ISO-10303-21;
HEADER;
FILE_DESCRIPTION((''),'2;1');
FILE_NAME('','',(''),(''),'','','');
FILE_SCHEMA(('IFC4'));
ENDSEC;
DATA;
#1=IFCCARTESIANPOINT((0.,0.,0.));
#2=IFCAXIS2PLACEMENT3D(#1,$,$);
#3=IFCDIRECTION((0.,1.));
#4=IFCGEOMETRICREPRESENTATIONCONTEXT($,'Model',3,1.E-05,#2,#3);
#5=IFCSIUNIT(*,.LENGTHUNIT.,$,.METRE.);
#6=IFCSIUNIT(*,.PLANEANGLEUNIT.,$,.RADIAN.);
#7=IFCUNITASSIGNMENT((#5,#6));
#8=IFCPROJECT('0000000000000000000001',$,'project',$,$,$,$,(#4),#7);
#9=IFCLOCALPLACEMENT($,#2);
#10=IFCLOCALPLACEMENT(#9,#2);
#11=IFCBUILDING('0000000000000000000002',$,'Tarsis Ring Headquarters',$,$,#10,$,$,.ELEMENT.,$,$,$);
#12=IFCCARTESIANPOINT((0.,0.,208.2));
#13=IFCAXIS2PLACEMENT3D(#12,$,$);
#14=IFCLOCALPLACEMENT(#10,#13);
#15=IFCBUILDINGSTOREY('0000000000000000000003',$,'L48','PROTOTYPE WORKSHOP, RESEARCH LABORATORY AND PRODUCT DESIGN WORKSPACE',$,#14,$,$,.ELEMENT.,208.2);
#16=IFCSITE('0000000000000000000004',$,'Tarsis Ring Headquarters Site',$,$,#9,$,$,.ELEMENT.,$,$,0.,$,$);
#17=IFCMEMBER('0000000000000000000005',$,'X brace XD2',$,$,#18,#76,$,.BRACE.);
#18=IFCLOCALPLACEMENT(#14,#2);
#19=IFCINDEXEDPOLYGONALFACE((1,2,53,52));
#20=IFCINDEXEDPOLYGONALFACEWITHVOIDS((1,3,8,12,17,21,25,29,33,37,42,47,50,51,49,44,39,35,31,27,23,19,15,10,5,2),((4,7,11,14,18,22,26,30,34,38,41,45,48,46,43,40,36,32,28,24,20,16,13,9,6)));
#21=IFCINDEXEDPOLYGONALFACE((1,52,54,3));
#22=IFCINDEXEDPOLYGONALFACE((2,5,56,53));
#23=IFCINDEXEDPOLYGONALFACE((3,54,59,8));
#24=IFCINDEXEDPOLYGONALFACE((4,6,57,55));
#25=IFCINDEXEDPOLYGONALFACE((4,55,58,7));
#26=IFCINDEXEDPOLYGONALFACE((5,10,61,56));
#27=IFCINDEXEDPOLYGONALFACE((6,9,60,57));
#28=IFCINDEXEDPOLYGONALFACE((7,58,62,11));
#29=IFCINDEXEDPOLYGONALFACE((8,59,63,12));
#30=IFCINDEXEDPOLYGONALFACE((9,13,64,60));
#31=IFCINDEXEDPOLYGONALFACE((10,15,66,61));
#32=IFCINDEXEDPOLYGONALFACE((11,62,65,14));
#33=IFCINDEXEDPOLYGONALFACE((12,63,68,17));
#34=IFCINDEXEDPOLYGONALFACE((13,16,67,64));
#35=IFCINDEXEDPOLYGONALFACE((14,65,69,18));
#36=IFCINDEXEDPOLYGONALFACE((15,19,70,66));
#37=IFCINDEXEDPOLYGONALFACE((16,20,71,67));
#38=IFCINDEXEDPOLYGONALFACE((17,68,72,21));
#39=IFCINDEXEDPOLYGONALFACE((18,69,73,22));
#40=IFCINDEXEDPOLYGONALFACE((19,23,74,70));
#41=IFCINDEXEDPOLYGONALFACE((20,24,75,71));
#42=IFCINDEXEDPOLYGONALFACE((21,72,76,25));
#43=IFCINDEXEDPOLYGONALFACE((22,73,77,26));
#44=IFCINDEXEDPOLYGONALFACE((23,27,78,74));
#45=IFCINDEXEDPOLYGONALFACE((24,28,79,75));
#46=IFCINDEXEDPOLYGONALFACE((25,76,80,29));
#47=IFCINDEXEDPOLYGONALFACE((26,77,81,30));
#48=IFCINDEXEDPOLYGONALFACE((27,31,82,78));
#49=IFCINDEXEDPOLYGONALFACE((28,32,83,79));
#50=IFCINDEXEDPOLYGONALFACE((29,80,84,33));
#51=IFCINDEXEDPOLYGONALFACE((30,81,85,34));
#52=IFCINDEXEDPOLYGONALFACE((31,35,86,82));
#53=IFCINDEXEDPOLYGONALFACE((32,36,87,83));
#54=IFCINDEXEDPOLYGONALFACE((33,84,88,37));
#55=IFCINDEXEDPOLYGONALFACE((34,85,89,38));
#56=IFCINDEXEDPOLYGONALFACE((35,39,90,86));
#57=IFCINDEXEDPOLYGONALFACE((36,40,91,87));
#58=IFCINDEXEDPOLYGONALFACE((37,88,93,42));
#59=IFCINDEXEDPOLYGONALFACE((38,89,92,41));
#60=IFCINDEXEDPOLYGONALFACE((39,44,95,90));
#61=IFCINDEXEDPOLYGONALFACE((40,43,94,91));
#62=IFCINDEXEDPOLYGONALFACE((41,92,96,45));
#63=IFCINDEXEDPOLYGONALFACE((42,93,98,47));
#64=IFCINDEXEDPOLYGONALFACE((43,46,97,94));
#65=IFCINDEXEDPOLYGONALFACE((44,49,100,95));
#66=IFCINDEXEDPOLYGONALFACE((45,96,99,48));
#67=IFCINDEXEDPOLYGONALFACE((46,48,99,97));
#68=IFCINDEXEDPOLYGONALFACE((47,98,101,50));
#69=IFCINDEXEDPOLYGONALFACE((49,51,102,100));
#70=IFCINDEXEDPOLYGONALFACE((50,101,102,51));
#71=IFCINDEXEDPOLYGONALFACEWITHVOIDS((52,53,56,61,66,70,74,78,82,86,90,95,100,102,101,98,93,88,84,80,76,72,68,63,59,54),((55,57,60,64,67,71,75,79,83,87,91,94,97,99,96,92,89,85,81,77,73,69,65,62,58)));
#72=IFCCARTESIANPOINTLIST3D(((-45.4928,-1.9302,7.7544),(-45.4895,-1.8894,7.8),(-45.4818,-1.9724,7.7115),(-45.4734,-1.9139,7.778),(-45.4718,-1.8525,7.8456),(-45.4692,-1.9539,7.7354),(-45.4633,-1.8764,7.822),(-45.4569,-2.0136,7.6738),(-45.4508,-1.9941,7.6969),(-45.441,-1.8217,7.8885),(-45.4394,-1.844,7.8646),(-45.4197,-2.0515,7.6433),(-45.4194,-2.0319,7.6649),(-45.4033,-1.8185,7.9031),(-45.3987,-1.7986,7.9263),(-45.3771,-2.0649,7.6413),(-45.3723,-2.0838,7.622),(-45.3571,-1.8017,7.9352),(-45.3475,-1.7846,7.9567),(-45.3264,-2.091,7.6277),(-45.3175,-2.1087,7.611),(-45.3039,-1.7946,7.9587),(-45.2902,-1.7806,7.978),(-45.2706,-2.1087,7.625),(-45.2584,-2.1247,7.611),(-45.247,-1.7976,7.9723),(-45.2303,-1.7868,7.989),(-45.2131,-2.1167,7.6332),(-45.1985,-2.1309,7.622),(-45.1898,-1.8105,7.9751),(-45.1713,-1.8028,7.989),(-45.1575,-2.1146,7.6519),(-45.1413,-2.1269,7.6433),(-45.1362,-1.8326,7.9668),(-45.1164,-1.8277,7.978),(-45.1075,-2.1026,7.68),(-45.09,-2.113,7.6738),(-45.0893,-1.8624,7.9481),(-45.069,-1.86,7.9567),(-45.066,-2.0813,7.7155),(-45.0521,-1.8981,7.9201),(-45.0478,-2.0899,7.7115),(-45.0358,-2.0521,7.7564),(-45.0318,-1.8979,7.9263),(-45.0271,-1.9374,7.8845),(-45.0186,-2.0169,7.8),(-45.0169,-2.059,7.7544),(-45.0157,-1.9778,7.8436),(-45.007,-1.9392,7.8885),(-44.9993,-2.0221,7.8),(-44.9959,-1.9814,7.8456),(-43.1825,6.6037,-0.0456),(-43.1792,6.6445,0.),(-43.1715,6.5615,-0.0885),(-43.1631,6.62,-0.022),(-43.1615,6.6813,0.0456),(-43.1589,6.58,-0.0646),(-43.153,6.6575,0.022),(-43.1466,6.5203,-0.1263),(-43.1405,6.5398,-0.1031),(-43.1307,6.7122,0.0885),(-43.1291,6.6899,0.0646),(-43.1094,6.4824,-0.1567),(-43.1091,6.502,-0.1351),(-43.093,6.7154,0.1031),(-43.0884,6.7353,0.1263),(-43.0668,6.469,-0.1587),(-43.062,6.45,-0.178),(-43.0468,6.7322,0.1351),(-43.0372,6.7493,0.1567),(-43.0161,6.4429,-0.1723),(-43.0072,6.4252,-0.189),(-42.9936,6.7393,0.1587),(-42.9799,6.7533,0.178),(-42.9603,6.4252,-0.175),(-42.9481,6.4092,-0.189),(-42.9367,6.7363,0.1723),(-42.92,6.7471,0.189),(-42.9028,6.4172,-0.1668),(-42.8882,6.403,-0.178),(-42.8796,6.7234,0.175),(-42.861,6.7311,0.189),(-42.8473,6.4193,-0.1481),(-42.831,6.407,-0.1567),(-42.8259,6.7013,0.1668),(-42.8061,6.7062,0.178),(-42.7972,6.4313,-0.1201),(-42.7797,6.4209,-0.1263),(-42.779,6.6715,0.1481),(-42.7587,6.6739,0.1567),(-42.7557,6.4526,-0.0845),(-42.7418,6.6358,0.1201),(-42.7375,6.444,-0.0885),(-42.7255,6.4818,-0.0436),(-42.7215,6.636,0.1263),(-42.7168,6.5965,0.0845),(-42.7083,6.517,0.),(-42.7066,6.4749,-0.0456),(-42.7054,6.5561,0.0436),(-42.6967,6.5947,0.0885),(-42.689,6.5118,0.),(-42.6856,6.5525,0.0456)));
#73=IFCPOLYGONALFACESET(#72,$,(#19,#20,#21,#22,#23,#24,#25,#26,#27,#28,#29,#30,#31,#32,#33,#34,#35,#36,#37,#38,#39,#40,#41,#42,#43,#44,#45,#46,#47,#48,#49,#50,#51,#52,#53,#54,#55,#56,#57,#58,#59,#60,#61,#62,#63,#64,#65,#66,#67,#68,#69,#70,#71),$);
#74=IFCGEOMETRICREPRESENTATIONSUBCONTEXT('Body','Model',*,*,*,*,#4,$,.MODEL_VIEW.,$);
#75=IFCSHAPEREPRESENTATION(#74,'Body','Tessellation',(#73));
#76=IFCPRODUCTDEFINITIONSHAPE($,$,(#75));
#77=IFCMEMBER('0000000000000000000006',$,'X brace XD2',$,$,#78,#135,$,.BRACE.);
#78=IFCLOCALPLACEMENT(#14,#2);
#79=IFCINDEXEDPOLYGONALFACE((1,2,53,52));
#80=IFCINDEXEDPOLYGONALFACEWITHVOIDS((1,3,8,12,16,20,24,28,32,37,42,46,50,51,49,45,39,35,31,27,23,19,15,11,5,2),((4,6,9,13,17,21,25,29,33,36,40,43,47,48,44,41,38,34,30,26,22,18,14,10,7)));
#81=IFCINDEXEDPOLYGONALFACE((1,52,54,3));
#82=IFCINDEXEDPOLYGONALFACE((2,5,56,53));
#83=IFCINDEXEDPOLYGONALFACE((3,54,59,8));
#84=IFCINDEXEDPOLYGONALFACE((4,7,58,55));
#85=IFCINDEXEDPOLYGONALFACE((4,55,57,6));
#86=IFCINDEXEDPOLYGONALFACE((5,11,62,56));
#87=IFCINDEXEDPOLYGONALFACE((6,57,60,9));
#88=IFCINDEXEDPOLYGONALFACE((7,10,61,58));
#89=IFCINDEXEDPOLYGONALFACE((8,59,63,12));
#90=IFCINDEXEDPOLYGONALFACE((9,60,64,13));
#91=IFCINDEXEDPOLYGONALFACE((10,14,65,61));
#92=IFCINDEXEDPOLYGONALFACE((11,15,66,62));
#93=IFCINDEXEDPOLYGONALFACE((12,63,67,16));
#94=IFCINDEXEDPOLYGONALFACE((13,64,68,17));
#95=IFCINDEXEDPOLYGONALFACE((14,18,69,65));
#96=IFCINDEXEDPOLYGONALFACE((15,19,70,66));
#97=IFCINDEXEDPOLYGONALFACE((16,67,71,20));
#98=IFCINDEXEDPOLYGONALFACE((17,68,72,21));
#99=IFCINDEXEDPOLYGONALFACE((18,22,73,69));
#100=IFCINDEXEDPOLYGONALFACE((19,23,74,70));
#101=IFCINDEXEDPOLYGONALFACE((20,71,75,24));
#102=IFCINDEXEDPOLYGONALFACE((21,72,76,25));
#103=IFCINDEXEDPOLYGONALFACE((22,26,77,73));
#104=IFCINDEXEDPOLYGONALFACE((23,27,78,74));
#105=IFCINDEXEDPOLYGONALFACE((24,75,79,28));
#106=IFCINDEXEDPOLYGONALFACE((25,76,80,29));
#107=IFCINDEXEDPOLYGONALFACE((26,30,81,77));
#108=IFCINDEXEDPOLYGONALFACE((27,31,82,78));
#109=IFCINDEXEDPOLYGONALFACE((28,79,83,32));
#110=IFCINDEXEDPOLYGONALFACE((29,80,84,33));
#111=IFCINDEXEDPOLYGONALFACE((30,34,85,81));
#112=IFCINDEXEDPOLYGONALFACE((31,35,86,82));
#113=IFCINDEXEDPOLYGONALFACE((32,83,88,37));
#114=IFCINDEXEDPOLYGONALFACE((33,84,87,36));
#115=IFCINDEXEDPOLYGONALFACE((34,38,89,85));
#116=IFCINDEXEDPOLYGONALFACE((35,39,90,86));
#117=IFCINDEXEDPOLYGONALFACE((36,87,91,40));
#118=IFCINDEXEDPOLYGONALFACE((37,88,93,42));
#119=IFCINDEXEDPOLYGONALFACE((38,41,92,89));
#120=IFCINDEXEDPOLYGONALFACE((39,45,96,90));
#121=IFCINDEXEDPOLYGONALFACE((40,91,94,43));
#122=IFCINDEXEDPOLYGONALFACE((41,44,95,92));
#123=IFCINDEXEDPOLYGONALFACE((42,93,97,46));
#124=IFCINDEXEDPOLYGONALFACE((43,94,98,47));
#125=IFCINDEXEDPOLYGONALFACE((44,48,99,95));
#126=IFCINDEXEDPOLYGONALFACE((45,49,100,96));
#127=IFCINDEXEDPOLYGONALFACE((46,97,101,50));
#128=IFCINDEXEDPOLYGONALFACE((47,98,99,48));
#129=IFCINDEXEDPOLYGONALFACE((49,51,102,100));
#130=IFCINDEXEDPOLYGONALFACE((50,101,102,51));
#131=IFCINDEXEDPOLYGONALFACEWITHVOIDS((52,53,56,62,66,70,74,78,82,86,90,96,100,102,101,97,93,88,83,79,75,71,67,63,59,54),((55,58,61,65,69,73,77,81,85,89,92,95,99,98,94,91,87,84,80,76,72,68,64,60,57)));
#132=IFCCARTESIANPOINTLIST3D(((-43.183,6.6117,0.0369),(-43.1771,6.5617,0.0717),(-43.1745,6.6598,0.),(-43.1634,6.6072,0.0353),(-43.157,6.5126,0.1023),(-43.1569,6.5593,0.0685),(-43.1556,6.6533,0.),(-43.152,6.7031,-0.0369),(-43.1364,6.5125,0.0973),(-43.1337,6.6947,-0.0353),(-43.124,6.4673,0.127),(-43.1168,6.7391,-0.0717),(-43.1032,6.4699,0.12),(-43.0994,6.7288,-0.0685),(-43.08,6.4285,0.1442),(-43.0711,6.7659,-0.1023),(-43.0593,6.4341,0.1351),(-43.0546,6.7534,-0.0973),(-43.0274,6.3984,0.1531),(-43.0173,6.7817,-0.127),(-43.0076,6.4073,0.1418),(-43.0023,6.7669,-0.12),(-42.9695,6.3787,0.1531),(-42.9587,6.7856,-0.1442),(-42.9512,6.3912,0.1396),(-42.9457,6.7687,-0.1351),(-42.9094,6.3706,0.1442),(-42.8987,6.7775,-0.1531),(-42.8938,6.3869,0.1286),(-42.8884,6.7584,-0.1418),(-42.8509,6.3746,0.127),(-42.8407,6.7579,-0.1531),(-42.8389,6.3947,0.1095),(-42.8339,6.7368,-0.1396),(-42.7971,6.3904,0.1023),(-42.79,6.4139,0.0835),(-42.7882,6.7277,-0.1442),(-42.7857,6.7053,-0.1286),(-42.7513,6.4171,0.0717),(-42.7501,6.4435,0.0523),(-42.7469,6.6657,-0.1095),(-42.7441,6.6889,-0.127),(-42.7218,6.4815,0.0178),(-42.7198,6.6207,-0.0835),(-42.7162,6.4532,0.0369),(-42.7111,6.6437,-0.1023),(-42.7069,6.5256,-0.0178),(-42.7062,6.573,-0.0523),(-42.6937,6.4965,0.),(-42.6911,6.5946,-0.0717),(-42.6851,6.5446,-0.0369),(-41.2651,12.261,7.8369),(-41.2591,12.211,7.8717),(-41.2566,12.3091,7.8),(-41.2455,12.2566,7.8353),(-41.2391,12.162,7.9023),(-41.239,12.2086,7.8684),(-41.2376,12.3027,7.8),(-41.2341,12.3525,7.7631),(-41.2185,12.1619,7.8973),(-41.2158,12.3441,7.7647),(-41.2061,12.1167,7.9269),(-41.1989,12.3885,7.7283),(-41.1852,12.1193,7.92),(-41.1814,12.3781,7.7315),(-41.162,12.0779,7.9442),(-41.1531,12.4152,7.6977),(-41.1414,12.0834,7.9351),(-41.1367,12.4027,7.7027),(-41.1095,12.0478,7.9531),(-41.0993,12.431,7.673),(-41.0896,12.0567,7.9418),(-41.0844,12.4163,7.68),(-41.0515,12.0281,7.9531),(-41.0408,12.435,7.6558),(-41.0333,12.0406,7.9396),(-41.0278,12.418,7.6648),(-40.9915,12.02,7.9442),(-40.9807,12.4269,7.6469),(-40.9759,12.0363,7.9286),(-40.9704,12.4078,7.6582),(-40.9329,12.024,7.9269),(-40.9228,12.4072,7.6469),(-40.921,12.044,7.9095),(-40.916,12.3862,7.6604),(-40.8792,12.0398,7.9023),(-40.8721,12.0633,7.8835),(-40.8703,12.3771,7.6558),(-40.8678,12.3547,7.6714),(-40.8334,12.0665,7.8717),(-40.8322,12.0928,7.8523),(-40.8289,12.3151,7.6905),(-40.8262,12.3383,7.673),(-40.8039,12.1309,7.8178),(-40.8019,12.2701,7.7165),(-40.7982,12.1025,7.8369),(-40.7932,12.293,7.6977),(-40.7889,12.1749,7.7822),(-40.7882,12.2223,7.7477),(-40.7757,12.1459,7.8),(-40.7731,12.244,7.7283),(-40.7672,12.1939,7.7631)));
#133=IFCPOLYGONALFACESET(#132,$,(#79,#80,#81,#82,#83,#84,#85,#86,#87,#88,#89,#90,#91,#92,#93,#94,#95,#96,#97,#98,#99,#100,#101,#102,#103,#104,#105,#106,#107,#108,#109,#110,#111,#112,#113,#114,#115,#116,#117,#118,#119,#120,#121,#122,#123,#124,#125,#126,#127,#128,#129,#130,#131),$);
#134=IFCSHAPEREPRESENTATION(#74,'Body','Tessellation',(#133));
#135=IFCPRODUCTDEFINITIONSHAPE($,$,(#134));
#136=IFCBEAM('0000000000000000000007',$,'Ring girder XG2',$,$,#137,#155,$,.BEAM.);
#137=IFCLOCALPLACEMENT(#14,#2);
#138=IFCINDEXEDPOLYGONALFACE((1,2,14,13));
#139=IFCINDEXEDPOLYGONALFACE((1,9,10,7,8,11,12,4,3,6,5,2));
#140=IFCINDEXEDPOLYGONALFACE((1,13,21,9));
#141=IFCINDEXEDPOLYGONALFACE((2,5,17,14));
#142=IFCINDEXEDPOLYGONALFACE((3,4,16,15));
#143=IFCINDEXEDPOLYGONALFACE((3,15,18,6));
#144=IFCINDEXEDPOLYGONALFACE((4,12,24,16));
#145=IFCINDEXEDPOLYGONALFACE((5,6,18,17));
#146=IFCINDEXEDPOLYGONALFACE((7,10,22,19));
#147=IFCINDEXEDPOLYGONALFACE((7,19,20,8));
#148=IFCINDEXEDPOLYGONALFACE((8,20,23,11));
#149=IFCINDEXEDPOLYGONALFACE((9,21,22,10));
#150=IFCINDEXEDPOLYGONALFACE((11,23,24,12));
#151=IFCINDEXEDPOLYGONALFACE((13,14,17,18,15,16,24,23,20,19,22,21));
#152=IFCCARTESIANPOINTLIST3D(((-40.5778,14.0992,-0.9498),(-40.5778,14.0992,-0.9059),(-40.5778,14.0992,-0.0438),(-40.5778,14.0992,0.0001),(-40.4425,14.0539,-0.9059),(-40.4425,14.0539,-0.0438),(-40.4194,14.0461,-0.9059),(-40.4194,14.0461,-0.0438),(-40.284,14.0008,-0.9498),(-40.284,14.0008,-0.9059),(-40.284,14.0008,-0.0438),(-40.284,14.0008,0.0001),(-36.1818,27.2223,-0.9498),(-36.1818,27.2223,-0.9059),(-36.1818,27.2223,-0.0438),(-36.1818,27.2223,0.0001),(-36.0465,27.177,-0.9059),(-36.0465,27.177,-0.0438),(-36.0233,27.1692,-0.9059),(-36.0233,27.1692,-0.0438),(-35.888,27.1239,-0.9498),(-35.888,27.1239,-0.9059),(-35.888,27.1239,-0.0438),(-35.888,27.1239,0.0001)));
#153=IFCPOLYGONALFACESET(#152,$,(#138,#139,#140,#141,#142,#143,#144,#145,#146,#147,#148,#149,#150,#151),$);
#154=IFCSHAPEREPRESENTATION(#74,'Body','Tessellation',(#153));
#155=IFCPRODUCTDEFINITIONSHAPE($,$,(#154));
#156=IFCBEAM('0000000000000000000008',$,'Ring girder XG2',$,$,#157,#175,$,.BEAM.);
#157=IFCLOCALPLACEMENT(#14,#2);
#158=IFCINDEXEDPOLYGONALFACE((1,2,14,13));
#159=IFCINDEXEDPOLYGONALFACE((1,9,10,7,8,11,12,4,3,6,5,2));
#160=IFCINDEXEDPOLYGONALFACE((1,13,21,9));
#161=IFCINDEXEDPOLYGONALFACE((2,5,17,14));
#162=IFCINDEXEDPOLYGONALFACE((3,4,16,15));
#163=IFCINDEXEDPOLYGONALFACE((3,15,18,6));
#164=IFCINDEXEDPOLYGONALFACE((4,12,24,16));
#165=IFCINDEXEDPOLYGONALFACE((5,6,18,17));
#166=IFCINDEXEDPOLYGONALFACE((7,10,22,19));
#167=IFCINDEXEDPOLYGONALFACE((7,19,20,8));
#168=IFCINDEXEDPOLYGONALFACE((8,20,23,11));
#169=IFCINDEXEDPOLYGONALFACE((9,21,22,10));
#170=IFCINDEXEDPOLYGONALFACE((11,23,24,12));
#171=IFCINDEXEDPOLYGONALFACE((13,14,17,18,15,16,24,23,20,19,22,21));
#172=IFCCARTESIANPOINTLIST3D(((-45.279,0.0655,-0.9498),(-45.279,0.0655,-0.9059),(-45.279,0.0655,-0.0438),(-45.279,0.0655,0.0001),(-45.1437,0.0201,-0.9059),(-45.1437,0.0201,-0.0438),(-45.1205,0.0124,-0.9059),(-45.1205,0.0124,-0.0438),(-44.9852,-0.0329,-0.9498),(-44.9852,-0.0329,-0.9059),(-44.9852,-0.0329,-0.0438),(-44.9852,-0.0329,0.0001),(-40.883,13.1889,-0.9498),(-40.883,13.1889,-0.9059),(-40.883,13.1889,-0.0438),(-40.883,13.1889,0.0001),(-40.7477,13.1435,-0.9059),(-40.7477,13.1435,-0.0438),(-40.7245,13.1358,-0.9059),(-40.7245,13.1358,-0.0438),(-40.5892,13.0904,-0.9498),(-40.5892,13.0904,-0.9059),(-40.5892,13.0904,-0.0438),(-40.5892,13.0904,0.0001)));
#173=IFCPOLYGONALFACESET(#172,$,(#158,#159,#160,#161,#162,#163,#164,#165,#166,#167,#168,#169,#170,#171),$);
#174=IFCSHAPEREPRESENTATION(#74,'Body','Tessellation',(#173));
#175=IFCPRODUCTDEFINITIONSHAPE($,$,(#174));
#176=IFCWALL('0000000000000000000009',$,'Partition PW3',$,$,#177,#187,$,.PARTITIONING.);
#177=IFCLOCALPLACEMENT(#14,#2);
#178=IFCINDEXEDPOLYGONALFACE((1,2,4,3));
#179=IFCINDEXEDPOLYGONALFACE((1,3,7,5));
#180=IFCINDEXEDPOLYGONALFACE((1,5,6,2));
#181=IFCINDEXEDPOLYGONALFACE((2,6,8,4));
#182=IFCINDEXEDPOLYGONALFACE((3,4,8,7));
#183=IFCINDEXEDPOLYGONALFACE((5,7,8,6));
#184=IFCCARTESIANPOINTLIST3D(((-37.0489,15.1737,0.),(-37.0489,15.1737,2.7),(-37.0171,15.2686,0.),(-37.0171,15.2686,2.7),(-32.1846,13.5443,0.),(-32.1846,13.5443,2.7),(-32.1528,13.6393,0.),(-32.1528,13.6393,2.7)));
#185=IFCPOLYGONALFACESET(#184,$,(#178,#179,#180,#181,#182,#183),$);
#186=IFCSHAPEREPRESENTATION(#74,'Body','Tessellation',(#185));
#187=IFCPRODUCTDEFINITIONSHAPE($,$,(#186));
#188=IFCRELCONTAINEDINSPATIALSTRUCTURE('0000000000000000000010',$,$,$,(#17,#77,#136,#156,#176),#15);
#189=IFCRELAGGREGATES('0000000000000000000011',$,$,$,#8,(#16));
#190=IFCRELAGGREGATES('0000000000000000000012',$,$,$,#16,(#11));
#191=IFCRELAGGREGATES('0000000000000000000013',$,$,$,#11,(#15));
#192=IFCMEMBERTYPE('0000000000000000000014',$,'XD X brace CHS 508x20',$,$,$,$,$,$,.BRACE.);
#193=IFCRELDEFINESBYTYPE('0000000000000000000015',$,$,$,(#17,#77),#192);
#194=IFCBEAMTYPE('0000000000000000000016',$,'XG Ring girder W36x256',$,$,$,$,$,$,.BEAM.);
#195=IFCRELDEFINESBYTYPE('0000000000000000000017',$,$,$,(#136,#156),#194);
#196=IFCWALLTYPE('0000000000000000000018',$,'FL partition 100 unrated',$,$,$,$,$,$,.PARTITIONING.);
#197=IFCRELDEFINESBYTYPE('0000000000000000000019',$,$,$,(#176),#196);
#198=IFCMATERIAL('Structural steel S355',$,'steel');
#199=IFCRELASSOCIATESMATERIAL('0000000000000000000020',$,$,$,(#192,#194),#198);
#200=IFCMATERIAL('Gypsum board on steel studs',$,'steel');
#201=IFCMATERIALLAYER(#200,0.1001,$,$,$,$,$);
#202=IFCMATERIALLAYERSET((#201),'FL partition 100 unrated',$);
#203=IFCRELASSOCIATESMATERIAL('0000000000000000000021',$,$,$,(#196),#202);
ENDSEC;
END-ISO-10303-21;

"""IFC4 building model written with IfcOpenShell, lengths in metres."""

from ifc_helpers import new_model, si_unit, direction, frame, frame_2d, origin, origin_2d, place, context, subcontext, project, spatial, rectangle, hollow_circle, i_section, extrude, material, layer, layer_set, material_profile, profile_set, type_object, element, save


model = new_model("IFC4")

# Units and contexts
model_context = context("Model", 3, precision=1e-05, world=origin(), true_north=direction((0.0, 1.0)))
body_context = subcontext(model_context, "Body", "Model", "MODEL_VIEW")
ifc_project = project(units=[si_unit("LENGTHUNIT", "METRE"), si_unit("PLANEANGLEUNIT", "RADIAN")], contexts=[model_context])

# Site, building, storey
site_placement = place(None, origin())
site = spatial("IfcSite", under=ifc_project, at=site_placement, Name="Tarsis Ring Headquarters Site", CompositionType="ELEMENT", RefElevation=0.0)
building_placement = place(site_placement, origin())
building = spatial("IfcBuilding", under=site, at=building_placement, Name="Tarsis Ring Headquarters", CompositionType="ELEMENT")
storey_placement = place(building_placement, frame((0.0, 0.0, 208.2)))
storey = spatial("IfcBuildingStorey", under=building, at=storey_placement, Name="L48", Description="PROTOTYPE WORKSHOP, RESEARCH LABORATORY AND PRODUCT DESIGN WORKSPACE", CompositionType="ELEMENT", Elevation=208.2)

# Shared definitions
ifc_material_1 = material(Name="Structural steel S355", Category="steel")

# Shared definitions
ifc_material_profile_1 = material_profile(ifc_material_1, i_section(OverallWidth=0.3098, OverallDepth=0.95, WebThickness=0.0244, FlangeThickness=0.0439, at=origin_2d()), Name="W36x256")
ifc_profile_set_1 = profile_set([ifc_material_profile_1], Name="Structural steel S355")

# Members
ifc_material_profile_2 = material_profile(ifc_material_1, hollow_circle(Radius=0.2539, WallThickness=0.02, at=origin_2d()), Name="CHS 508x20")
ifc_profile_set_2 = profile_set([ifc_material_profile_2], Name="Structural steel S355")
member_type = type_object("IfcMemberType", Name="XD X brace CHS 508x20", PredefinedType="BRACE", material=ifc_profile_set_2)
member_1_placement = place(storey_placement, frame((-42.9341, 6.5781, 0.0), z_axis=(-0.195953, -0.723823, 0.661576), x_axis=(0.965254, -0.261313, 0.0)))
element("IfcMember", 1, at=member_1_placement, inside=storey, type_object=member_type, Name="X brace XD2", PredefinedType="BRACE", context=body_context, shape_type="SweptSolid", body=[
    extrude(hollow_circle(Radius=0.2539, WallThickness=0.02, at=origin_2d()), origin(), (0.0, 0.0, 1.0), 11.79),
])
member_2_placement = place(storey_placement, frame((-42.9341, 6.5781, 0.0), z_axis=(0.19531, 0.575288, 0.794291), x_axis=(-0.946917, 0.321477, 0.0)))
element("IfcMember", 2, at=member_2_placement, inside=storey, type_object=member_type, Name="X brace XD2", PredefinedType="BRACE", context=body_context, shape_type="SweptSolid", body=[
    extrude(hollow_circle(Radius=0.2539, WallThickness=0.02, at=origin_2d()), origin(), (0.0, 0.0, 1.0), 9.8201),
])

# Beams
beam_type_1 = type_object("IfcBeamType", Name="XG Ring girder W36x256", PredefinedType="BEAM", material=ifc_profile_set_1)
beam_1_placement = place(storey_placement, frame((-36.0349, 27.1731, -0.4749), z_axis=(-0.317635, -0.948213, 0.0), x_axis=(0.948213, -0.317635, 0.0)))
element("IfcBeam", 3, at=beam_1_placement, inside=storey, type_object=beam_type_1, Name="Ring girder XG2", PredefinedType="BEAM", context=body_context, shape_type="SweptSolid", body=[
    extrude(i_section(OverallWidth=0.3098, OverallDepth=0.95, WebThickness=0.0244, FlangeThickness=0.0439, at=origin_2d()), origin(), (0.0, 0.0, 1.0), 13.8398),
])
beam_2_placement = place(storey_placement, frame((-40.7361, 13.1396, -0.4749), z_axis=(-0.31763, -0.948215, 0.0), x_axis=(0.948215, -0.31763, 0.0)))
element("IfcBeam", 4, at=beam_2_placement, inside=storey, type_object=beam_type_1, Name="Ring girder XG2", PredefinedType="BEAM", context=body_context, shape_type="SweptSolid", body=[
    extrude(i_section(OverallWidth=0.3098, OverallDepth=0.95, WebThickness=0.0244, FlangeThickness=0.0439, at=origin_2d()), origin(), (0.0, 0.0, 1.0), 13.8401),
])

# Wall
ifc_material_2 = material(Name="Gypsum board on steel studs", Category="steel")
ifc_layer_1 = layer(ifc_material_2, 0.1001)
ifc_layer_set_1 = layer_set([ifc_layer_1], Name="FL partition 100 unrated")
wall_type_1 = type_object("IfcWallType", Name="FL partition 100 unrated", PredefinedType="PARTITIONING", material=ifc_layer_set_1)
wall_1_placement = place(storey_placement, frame((-37.033, 15.2212, 0.0), z_axis=(0.0, 0.0, 1.0), x_axis=(0.948216, -0.317627, 0.0)))
element("IfcWall", 5, at=wall_1_placement, inside=storey, type_object=wall_type_1, Name="Partition PW3", PredefinedType="PARTITIONING", context=body_context, shape_type="SweptSolid", body=[
    extrude(rectangle(XDim=5.1299, YDim=0.1001, at=frame_2d((2.5649, 0.0))), origin(), (0.0, 0.0, 1.0), 2.7),
])

save(model, "model.ifc")
